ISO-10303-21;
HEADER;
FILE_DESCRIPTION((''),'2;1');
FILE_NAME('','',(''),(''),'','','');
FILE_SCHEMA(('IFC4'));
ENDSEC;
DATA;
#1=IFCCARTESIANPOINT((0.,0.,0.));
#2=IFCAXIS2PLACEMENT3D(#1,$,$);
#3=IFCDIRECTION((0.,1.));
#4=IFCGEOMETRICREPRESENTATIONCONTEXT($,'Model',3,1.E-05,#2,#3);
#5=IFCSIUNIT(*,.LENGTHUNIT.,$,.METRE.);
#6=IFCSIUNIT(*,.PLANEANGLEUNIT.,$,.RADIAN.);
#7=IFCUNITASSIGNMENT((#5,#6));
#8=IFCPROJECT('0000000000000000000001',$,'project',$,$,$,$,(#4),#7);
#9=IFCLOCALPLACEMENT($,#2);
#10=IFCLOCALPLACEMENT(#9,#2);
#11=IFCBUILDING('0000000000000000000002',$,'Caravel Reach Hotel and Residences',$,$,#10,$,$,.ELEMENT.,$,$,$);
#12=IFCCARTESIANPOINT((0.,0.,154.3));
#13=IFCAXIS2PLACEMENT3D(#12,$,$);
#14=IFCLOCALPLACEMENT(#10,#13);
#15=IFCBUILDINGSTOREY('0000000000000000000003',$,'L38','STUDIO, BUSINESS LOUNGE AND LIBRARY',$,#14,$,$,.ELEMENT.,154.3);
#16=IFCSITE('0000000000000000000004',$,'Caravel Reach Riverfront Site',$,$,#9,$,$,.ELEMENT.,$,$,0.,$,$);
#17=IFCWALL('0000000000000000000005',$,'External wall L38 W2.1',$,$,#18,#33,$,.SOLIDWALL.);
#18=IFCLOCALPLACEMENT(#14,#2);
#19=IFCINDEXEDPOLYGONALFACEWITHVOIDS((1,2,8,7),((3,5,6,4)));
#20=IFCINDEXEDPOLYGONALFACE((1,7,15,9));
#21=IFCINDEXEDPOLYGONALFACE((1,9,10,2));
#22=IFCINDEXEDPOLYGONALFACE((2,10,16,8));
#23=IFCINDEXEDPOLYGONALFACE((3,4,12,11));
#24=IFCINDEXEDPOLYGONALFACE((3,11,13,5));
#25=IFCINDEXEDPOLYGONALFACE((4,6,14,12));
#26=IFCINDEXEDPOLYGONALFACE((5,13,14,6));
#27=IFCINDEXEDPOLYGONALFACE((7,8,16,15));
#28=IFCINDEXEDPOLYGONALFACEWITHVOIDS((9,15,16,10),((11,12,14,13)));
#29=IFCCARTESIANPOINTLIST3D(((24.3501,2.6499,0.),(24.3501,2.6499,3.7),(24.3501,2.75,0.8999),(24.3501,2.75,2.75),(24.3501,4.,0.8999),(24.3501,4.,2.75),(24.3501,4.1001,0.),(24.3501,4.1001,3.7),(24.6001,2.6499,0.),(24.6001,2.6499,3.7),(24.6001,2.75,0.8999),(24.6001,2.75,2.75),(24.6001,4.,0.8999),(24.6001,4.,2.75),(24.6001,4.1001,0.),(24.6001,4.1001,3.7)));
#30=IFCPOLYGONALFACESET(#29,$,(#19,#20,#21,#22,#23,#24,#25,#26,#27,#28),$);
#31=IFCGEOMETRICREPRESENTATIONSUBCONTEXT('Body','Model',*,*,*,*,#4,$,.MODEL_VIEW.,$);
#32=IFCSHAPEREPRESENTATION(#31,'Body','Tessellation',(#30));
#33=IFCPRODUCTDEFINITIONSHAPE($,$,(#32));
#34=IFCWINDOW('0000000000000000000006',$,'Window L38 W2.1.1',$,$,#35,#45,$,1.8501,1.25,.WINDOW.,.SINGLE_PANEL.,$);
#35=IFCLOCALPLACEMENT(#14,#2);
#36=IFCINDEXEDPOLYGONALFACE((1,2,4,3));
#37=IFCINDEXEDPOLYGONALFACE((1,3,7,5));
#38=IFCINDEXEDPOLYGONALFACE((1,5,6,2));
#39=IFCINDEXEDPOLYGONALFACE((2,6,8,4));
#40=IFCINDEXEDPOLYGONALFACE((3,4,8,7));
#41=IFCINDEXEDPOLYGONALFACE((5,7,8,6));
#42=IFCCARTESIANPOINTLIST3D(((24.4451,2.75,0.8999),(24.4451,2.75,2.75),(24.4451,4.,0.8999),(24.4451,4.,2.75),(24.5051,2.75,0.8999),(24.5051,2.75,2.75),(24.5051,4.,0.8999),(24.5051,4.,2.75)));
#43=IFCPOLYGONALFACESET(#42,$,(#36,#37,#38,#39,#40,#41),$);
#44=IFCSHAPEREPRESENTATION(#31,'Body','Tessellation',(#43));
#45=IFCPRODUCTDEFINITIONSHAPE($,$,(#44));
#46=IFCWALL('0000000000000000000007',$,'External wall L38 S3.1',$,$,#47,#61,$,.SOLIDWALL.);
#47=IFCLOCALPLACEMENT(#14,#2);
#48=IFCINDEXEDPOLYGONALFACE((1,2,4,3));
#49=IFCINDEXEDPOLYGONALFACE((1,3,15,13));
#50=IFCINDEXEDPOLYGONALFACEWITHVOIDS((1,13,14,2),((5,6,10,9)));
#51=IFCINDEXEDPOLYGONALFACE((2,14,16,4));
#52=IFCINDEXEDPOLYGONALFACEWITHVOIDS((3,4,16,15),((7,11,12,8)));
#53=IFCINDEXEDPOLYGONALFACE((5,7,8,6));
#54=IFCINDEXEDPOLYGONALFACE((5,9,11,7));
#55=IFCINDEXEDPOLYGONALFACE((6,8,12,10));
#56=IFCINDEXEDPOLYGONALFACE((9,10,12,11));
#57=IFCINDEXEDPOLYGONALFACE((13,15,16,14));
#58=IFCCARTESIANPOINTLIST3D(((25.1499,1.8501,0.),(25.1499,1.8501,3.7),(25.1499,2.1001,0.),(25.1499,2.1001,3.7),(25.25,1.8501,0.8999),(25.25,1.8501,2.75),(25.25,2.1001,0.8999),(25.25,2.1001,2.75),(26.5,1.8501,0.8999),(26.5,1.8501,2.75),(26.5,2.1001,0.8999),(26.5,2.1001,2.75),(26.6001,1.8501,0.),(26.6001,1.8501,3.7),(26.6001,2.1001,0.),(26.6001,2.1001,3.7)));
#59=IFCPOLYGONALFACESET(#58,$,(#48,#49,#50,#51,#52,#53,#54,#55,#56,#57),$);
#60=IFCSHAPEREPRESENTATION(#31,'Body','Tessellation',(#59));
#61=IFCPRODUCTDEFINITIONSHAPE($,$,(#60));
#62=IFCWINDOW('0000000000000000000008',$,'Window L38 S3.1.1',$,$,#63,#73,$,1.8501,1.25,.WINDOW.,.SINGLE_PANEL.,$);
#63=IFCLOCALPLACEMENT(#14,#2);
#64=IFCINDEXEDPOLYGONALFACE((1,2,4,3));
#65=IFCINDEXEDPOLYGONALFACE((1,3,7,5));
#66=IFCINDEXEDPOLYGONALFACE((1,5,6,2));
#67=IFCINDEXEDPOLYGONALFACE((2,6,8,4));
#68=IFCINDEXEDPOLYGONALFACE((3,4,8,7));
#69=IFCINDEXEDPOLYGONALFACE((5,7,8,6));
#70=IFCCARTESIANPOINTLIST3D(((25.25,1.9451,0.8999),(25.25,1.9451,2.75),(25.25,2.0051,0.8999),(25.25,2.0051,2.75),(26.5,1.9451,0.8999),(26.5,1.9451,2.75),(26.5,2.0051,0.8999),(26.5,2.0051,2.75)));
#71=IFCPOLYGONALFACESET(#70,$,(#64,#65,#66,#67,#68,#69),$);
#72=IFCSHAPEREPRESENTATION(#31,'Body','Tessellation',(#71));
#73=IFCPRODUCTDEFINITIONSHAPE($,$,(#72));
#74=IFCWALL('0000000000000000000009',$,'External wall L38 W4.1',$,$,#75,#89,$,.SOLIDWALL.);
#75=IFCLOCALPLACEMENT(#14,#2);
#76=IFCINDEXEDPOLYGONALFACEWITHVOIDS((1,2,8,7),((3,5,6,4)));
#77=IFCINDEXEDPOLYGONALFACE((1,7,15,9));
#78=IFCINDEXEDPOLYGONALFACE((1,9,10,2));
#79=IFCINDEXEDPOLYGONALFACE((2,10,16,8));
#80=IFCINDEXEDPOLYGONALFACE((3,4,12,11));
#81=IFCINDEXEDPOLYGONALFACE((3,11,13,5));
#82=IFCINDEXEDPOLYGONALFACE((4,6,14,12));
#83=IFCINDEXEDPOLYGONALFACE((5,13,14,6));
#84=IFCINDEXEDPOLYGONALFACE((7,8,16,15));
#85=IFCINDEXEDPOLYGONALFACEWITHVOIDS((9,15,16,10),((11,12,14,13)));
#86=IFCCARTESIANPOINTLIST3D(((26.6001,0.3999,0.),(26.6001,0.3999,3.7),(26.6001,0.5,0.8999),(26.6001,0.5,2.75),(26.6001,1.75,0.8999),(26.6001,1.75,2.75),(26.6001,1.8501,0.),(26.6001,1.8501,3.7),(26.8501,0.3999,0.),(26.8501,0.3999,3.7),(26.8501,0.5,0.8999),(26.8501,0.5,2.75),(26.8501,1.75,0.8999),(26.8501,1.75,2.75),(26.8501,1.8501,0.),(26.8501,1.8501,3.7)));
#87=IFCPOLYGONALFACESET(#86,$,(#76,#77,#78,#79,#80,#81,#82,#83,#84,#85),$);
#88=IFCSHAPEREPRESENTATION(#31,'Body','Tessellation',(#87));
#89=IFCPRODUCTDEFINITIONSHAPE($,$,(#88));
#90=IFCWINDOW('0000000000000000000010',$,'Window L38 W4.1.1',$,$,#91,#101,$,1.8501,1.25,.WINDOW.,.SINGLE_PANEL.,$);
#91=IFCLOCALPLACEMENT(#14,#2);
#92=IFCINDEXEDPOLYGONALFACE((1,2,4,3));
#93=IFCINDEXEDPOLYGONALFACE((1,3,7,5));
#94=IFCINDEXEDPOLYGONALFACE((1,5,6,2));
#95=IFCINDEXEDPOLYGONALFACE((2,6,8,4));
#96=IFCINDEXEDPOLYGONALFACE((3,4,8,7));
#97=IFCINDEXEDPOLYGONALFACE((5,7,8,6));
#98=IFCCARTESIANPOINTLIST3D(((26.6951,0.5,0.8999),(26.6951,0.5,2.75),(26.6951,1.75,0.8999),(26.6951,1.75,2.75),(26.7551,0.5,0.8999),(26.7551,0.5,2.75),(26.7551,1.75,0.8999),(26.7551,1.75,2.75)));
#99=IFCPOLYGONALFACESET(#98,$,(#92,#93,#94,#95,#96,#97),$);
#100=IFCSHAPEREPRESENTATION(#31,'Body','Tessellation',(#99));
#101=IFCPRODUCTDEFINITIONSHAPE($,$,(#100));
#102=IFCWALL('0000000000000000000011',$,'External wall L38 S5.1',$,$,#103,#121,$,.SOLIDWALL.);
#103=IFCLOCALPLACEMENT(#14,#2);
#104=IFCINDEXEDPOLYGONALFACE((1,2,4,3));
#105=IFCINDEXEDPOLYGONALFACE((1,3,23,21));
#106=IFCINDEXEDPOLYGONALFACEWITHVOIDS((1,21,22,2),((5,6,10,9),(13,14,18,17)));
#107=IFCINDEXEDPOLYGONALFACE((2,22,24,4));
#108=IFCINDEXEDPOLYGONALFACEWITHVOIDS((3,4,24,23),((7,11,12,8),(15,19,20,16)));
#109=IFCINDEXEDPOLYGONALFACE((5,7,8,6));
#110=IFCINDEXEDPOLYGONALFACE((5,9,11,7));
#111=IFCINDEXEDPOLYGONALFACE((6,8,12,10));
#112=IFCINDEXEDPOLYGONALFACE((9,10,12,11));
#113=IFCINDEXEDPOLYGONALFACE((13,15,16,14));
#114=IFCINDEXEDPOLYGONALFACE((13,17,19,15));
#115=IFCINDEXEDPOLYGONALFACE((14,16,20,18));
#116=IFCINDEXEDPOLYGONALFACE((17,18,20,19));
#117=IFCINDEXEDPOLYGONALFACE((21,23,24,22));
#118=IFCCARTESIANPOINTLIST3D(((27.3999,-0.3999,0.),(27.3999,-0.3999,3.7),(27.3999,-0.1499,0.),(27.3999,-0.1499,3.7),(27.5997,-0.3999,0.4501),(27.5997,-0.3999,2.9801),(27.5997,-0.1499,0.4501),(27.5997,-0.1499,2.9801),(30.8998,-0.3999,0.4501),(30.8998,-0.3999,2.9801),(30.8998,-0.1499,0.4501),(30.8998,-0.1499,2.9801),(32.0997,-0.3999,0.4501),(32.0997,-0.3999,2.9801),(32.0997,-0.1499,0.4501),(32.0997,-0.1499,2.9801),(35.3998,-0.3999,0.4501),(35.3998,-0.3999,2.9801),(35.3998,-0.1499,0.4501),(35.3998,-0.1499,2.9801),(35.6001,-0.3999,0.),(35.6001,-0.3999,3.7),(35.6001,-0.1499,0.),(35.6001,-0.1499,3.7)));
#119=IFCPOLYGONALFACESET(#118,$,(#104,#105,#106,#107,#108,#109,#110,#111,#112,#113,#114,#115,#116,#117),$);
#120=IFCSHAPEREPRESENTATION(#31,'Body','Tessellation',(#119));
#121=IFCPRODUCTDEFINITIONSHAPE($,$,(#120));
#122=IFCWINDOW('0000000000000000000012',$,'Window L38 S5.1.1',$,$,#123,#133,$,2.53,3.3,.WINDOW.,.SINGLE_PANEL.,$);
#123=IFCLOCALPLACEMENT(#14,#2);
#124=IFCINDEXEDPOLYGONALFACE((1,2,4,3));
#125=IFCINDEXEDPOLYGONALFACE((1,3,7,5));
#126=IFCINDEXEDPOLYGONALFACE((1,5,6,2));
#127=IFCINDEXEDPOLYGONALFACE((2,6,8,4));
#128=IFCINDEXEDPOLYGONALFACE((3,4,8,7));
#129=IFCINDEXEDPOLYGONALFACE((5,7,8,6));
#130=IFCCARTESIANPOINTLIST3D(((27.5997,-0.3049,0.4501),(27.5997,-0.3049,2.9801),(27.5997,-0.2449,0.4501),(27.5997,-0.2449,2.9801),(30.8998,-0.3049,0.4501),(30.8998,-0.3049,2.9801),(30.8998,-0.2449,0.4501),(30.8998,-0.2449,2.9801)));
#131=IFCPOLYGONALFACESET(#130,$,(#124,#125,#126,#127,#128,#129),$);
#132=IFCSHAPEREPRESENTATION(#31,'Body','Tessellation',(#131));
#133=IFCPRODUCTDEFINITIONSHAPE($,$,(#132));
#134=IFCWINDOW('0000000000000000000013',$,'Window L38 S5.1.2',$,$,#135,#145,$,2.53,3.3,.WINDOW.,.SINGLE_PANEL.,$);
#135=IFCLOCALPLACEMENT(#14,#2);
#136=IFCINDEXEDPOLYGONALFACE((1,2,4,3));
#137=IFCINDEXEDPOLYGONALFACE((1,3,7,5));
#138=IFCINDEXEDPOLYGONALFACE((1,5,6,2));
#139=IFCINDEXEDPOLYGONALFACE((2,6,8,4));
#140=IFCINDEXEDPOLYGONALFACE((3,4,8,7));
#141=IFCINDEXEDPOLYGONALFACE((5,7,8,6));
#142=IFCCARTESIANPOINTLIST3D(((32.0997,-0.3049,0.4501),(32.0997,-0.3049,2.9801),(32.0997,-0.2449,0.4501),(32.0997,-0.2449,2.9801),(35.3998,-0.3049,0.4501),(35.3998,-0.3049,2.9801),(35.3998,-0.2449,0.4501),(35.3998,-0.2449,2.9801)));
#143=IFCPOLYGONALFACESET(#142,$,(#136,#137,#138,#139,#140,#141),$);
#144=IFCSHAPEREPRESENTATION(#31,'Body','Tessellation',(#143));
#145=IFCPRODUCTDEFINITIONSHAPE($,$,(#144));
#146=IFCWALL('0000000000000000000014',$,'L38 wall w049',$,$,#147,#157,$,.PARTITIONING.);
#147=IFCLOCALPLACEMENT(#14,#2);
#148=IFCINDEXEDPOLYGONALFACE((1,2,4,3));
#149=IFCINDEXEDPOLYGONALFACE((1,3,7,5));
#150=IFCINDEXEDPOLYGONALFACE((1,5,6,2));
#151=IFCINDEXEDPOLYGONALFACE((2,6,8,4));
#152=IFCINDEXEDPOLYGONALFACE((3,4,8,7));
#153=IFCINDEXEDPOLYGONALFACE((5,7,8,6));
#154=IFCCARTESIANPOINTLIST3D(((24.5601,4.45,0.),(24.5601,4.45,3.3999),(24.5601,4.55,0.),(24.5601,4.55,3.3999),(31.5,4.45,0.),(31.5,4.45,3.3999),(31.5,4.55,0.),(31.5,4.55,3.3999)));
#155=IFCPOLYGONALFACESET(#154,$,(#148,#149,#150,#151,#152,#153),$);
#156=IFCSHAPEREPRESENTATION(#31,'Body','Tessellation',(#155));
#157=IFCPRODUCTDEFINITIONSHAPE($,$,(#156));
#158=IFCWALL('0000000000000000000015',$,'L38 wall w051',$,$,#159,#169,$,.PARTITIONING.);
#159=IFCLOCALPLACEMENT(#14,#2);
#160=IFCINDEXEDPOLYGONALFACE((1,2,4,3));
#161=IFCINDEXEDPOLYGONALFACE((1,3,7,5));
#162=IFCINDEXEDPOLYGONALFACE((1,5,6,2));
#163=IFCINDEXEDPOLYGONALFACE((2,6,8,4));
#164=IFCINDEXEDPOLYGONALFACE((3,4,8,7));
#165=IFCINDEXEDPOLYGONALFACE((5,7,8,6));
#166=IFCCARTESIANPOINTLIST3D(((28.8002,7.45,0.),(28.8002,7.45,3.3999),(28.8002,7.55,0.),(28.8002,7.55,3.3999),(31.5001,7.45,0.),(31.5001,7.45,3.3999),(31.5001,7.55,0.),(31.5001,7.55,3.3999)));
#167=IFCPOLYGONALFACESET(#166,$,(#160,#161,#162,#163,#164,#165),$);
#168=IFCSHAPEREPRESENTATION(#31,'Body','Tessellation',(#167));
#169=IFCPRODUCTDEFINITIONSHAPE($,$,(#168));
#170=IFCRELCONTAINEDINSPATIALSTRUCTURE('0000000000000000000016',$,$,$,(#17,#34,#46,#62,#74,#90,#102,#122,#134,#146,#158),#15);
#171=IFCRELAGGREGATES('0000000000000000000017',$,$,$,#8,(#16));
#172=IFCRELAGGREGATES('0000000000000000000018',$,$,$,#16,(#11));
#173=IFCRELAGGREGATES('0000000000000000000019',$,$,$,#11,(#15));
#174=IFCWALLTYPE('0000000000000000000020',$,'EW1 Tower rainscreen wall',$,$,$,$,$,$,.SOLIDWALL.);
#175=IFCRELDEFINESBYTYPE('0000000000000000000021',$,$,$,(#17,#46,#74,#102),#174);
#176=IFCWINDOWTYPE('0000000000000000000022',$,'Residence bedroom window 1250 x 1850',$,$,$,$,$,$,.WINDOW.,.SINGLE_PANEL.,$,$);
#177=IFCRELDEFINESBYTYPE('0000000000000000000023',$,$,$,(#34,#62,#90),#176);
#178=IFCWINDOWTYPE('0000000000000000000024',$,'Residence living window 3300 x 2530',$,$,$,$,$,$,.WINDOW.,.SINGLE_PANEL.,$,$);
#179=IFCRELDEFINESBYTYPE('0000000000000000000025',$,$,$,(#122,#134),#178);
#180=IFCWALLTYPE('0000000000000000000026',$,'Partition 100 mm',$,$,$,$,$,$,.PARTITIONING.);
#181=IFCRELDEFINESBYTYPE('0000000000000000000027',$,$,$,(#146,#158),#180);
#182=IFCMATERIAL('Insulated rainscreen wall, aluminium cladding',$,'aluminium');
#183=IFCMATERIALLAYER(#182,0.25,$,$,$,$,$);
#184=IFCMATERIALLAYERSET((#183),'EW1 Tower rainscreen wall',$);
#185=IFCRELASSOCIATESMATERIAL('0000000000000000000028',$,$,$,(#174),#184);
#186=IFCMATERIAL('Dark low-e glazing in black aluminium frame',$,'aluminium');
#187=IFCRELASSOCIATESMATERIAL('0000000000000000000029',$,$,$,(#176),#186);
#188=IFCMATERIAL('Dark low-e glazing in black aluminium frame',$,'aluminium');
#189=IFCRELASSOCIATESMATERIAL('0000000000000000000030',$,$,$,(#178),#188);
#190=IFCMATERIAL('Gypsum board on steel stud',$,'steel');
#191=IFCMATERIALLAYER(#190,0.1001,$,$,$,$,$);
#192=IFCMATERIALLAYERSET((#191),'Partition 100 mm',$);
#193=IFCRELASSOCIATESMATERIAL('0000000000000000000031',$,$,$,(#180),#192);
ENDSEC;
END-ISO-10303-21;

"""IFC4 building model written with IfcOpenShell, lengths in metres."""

from ifc_helpers import new_model, si_unit, direction, frame, frame_2d, origin, place, context, subcontext, project, spatial, rectangle, extrude, material, layer, layer_set, type_object, element, fill, save


model = new_model("IFC4")

# Units and contexts
model_context = context("Model", 3, precision=1e-05, world=origin(), true_north=direction((0.0, 1.0)))
body_context = subcontext(model_context, "Body", "Model", "MODEL_VIEW")
ifc_project = project(units=[si_unit("LENGTHUNIT", "METRE"), si_unit("PLANEANGLEUNIT", "RADIAN")], contexts=[model_context])

# Site, building, storey
site_placement = place(None, origin())
site = spatial("IfcSite", under=ifc_project, at=site_placement, Name="Caravel Reach Riverfront Site", CompositionType="ELEMENT", RefElevation=0.0)
building_placement = place(site_placement, origin())
building = spatial("IfcBuilding", under=site, at=building_placement, Name="Caravel Reach Hotel and Residences", CompositionType="ELEMENT")
storey_placement = place(building_placement, frame((0.0, 0.0, 154.3)))
storey = spatial("IfcBuildingStorey", under=building, at=storey_placement, Name="L38", Description="STUDIO, BUSINESS LOUNGE AND LIBRARY", CompositionType="ELEMENT", Elevation=154.3)

# Walls, openings, windows
ifc_material_1 = material(Name="Insulated rainscreen wall, aluminium cladding", Category="aluminium")
ifc_layer_1 = layer(ifc_material_1, 0.25)
ifc_layer_set_1 = layer_set([ifc_layer_1], Name="EW1 Tower rainscreen wall")
wall_type_1 = type_object("IfcWallType", Name="EW1 Tower rainscreen wall", PredefinedType="SOLIDWALL", material=ifc_layer_set_1)
wall_1_placement = place(storey_placement, frame((24.4751, 4.1001, 0.0), z_axis=(0.0, 0.0, 1.0), x_axis=(0.0, -1.0, 0.0)))
wall_1 = element("IfcWall", 1, at=wall_1_placement, inside=storey, type_object=wall_type_1, Name="External wall L38 W2.1", PredefinedType="SOLIDWALL", context=body_context, shape_type="SweptSolid", body=[
    extrude(rectangle(XDim=1.4502, YDim=0.25, at=frame_2d((0.7251, 0.0))), origin(), (0.0, 0.0, 1.0), 3.7),
])
opening_1_placement = place(wall_1_placement, frame((0.1001, 0.0, 0.8999)))
opening_1 = element("IfcOpeningElement", 2, at=opening_1_placement, cuts=wall_1, PredefinedType="OPENING", context=body_context, shape_type="SweptSolid", body=[
    extrude(rectangle(XDim=1.25, YDim=1.8501, at=frame_2d((0.625, 0.925))), frame((0.0, 0.135, 0.0), z_axis=(0.0, -1.0, 0.0), x_axis=(1.0, 0.0, 0.0)), (0.0, 0.0, 1.0), 0.27),
])
ifc_material_2 = material(Name="Dark low-e glazing in black aluminium frame", Category="aluminium")
window_type_1 = type_object("IfcWindowType", Name="Residence bedroom window 1250 x 1850", PartitioningType="SINGLE_PANEL", PredefinedType="WINDOW", material=ifc_material_2)
window_1_placement = place(opening_1_placement, origin())
window_1 = element("IfcWindow", 3, at=window_1_placement, inside=storey, type_object=window_type_1, Name="Window L38 W2.1.1", OverallHeight=1.8501, OverallWidth=1.25, PartitioningType="SINGLE_PANEL", PredefinedType="WINDOW", context=body_context, shape_type="SweptSolid", body=[
    extrude(rectangle(XDim=1.25, YDim=1.8501, at=frame_2d((0.625, 0.925))), frame((0.0, 0.03, 0.0), z_axis=(0.0, -1.0, 0.0), x_axis=(1.0, 0.0, 0.0)), (0.0, 0.0, 1.0), 0.0601),
])
fill(opening_1, window_1)
wall_2_placement = place(storey_placement, frame((25.1499, 1.9751, 0.0), z_axis=(0.0, 0.0, 1.0), x_axis=(1.0, 0.0, 0.0)))
wall_2 = element("IfcWall", 4, at=wall_2_placement, inside=storey, type_object=wall_type_1, Name="External wall L38 S3.1", PredefinedType="SOLIDWALL", context=body_context, shape_type="SweptSolid", body=[
    extrude(rectangle(XDim=1.4502, YDim=0.25, at=frame_2d((0.7251, 0.0))), origin(), (0.0, 0.0, 1.0), 3.7),
])
opening_2_placement = place(wall_2_placement, frame((0.1001, 0.0, 0.8999)))
opening_2 = element("IfcOpeningElement", 5, at=opening_2_placement, cuts=wall_2, PredefinedType="OPENING", context=body_context, shape_type="SweptSolid", body=[
    extrude(rectangle(XDim=1.25, YDim=1.8501, at=frame_2d((0.625, 0.925))), frame((0.0, 0.135, 0.0), z_axis=(0.0, -1.0, 0.0), x_axis=(1.0, 0.0, 0.0)), (0.0, 0.0, 1.0), 0.27),
])
window_2_placement = place(opening_2_placement, origin())
window_2 = element("IfcWindow", 6, at=window_2_placement, inside=storey, type_object=window_type_1, Name="Window L38 S3.1.1", OverallHeight=1.8501, OverallWidth=1.25, PartitioningType="SINGLE_PANEL", PredefinedType="WINDOW", context=body_context, shape_type="SweptSolid", body=[
    extrude(rectangle(XDim=1.25, YDim=1.8501, at=frame_2d((0.625, 0.925))), frame((0.0, 0.03, 0.0), z_axis=(0.0, -1.0, 0.0), x_axis=(1.0, 0.0, 0.0)), (0.0, 0.0, 1.0), 0.0601),
])
fill(opening_2, window_2)
wall_3_placement = place(storey_placement, frame((26.7251, 1.8501, 0.0), z_axis=(0.0, 0.0, 1.0), x_axis=(0.0, -1.0, 0.0)))
wall_3 = element("IfcWall", 7, at=wall_3_placement, inside=storey, type_object=wall_type_1, Name="External wall L38 W4.1", PredefinedType="SOLIDWALL", context=body_context, shape_type="SweptSolid", body=[
    extrude(rectangle(XDim=1.4502, YDim=0.25, at=frame_2d((0.7251, 0.0))), origin(), (0.0, 0.0, 1.0), 3.7),
])
opening_3_placement = place(wall_3_placement, frame((0.1001, 0.0, 0.8999)))
opening_3 = element("IfcOpeningElement", 8, at=opening_3_placement, cuts=wall_3, PredefinedType="OPENING", context=body_context, shape_type="SweptSolid", body=[
    extrude(rectangle(XDim=1.25, YDim=1.8501, at=frame_2d((0.625, 0.925))), frame((0.0, 0.135, 0.0), z_axis=(0.0, -1.0, 0.0), x_axis=(1.0, 0.0, 0.0)), (0.0, 0.0, 1.0), 0.27),
])
window_3_placement = place(opening_3_placement, origin())
window_3 = element("IfcWindow", 9, at=window_3_placement, inside=storey, type_object=window_type_1, Name="Window L38 W4.1.1", OverallHeight=1.8501, OverallWidth=1.25, PartitioningType="SINGLE_PANEL", PredefinedType="WINDOW", context=body_context, shape_type="SweptSolid", body=[
    extrude(rectangle(XDim=1.25, YDim=1.8501, at=frame_2d((0.625, 0.925))), frame((0.0, 0.03, 0.0), z_axis=(0.0, -1.0, 0.0), x_axis=(1.0, 0.0, 0.0)), (0.0, 0.0, 1.0), 0.0601),
])
fill(opening_3, window_3)

# Wall, openings, windows
wall_4_placement = place(storey_placement, frame((27.3999, -0.2749, 0.0), z_axis=(0.0, 0.0, 1.0), x_axis=(1.0, 0.0, 0.0)))
wall_4 = element("IfcWall", 10, at=wall_4_placement, inside=storey, type_object=wall_type_1, Name="External wall L38 S5.1", PredefinedType="SOLIDWALL", context=body_context, shape_type="SweptSolid", body=[
    extrude(rectangle(XDim=8.2002, YDim=0.25, at=frame_2d((4.1001, 0.0))), origin(), (0.0, 0.0, 1.0), 3.7),
])
opening_4_placement = place(wall_4_placement, frame((0.2, 0.0, 0.45)))
opening_4 = element("IfcOpeningElement", 11, at=opening_4_placement, cuts=wall_4, PredefinedType="OPENING", context=body_context, shape_type="SweptSolid", body=[
    extrude(rectangle(XDim=3.3, YDim=2.53, at=frame_2d((1.6499, 1.2651))), frame((0.0, 0.135, 0.0), z_axis=(0.0, -1.0, 0.0), x_axis=(1.0, 0.0, 0.0)), (0.0, 0.0, 1.0), 0.27),
])
opening_5_placement = place(wall_4_placement, frame((4.7, 0.0, 0.45)))
opening_5 = element("IfcOpeningElement", 12, at=opening_5_placement, cuts=wall_4, PredefinedType="OPENING", context=body_context, shape_type="SweptSolid", body=[
    extrude(rectangle(XDim=3.3, YDim=2.53, at=frame_2d((1.6499, 1.2651))), frame((0.0, 0.135, 0.0), z_axis=(0.0, -1.0, 0.0), x_axis=(1.0, 0.0, 0.0)), (0.0, 0.0, 1.0), 0.27),
])
ifc_material_3 = material(Name="Dark low-e glazing in black aluminium frame", Category="aluminium")
window_type_2 = type_object("IfcWindowType", Name="Residence living window 3300 x 2530", PartitioningType="SINGLE_PANEL", PredefinedType="WINDOW", material=ifc_material_3)
window_4_placement = place(opening_4_placement, origin())
window_4 = element("IfcWindow", 13, at=window_4_placement, inside=storey, type_object=window_type_2, Name="Window L38 S5.1.1", OverallHeight=2.53, OverallWidth=3.3, PartitioningType="SINGLE_PANEL", PredefinedType="WINDOW", context=body_context, shape_type="SweptSolid", body=[
    extrude(rectangle(XDim=3.3, YDim=2.53, at=frame_2d((1.6499, 1.2651))), frame((0.0, 0.03, 0.0), z_axis=(0.0, -1.0, 0.0), x_axis=(1.0, 0.0, 0.0)), (0.0, 0.0, 1.0), 0.0601),
])
fill(opening_4, window_4)
window_5_placement = place(opening_5_placement, origin())
window_5 = element("IfcWindow", 14, at=window_5_placement, inside=storey, type_object=window_type_2, Name="Window L38 S5.1.2", OverallHeight=2.53, OverallWidth=3.3, PartitioningType="SINGLE_PANEL", PredefinedType="WINDOW", context=body_context, shape_type="SweptSolid", body=[
    extrude(rectangle(XDim=3.3, YDim=2.53, at=frame_2d((1.6499, 1.2651))), frame((0.0, 0.03, 0.0), z_axis=(0.0, -1.0, 0.0), x_axis=(1.0, 0.0, 0.0)), (0.0, 0.0, 1.0), 0.0601),
])
fill(opening_5, window_5)

# Walls
ifc_material_4 = material(Name="Gypsum board on steel stud", Category="steel")
ifc_layer_2 = layer(ifc_material_4, 0.1001)
ifc_layer_set_2 = layer_set([ifc_layer_2], Name="Partition 100 mm")
wall_type_2 = type_object("IfcWallType", Name="Partition 100 mm", PredefinedType="PARTITIONING", material=ifc_layer_set_2)
wall_5_placement = place(storey_placement, frame((24.5601, 4.5, 0.0), z_axis=(0.0, 0.0, 1.0), x_axis=(1.0, 0.0, 0.0)))
element("IfcWall", 15, at=wall_5_placement, inside=storey, type_object=wall_type_2, Name="L38 wall w049", PredefinedType="PARTITIONING", context=body_context, shape_type="SweptSolid", body=[
    extrude(rectangle(XDim=6.9399, YDim=0.1001, at=frame_2d((3.47, 0.0))), origin(), (0.0, 0.0, 1.0), 3.3999),
])
wall_6_placement = place(storey_placement, frame((28.8, 7.5, 0.0), z_axis=(0.0, 0.0, 1.0), x_axis=(1.0, 0.0, 0.0)))
element("IfcWall", 16, at=wall_6_placement, inside=storey, type_object=wall_type_2, Name="L38 wall w051", PredefinedType="PARTITIONING", context=body_context, shape_type="SweptSolid", body=[
    extrude(rectangle(XDim=2.7, YDim=0.1001, at=frame_2d((1.3501, 0.0))), origin(), (0.0, 0.0, 1.0), 3.3999),
])

save(model, "model.ifc")
